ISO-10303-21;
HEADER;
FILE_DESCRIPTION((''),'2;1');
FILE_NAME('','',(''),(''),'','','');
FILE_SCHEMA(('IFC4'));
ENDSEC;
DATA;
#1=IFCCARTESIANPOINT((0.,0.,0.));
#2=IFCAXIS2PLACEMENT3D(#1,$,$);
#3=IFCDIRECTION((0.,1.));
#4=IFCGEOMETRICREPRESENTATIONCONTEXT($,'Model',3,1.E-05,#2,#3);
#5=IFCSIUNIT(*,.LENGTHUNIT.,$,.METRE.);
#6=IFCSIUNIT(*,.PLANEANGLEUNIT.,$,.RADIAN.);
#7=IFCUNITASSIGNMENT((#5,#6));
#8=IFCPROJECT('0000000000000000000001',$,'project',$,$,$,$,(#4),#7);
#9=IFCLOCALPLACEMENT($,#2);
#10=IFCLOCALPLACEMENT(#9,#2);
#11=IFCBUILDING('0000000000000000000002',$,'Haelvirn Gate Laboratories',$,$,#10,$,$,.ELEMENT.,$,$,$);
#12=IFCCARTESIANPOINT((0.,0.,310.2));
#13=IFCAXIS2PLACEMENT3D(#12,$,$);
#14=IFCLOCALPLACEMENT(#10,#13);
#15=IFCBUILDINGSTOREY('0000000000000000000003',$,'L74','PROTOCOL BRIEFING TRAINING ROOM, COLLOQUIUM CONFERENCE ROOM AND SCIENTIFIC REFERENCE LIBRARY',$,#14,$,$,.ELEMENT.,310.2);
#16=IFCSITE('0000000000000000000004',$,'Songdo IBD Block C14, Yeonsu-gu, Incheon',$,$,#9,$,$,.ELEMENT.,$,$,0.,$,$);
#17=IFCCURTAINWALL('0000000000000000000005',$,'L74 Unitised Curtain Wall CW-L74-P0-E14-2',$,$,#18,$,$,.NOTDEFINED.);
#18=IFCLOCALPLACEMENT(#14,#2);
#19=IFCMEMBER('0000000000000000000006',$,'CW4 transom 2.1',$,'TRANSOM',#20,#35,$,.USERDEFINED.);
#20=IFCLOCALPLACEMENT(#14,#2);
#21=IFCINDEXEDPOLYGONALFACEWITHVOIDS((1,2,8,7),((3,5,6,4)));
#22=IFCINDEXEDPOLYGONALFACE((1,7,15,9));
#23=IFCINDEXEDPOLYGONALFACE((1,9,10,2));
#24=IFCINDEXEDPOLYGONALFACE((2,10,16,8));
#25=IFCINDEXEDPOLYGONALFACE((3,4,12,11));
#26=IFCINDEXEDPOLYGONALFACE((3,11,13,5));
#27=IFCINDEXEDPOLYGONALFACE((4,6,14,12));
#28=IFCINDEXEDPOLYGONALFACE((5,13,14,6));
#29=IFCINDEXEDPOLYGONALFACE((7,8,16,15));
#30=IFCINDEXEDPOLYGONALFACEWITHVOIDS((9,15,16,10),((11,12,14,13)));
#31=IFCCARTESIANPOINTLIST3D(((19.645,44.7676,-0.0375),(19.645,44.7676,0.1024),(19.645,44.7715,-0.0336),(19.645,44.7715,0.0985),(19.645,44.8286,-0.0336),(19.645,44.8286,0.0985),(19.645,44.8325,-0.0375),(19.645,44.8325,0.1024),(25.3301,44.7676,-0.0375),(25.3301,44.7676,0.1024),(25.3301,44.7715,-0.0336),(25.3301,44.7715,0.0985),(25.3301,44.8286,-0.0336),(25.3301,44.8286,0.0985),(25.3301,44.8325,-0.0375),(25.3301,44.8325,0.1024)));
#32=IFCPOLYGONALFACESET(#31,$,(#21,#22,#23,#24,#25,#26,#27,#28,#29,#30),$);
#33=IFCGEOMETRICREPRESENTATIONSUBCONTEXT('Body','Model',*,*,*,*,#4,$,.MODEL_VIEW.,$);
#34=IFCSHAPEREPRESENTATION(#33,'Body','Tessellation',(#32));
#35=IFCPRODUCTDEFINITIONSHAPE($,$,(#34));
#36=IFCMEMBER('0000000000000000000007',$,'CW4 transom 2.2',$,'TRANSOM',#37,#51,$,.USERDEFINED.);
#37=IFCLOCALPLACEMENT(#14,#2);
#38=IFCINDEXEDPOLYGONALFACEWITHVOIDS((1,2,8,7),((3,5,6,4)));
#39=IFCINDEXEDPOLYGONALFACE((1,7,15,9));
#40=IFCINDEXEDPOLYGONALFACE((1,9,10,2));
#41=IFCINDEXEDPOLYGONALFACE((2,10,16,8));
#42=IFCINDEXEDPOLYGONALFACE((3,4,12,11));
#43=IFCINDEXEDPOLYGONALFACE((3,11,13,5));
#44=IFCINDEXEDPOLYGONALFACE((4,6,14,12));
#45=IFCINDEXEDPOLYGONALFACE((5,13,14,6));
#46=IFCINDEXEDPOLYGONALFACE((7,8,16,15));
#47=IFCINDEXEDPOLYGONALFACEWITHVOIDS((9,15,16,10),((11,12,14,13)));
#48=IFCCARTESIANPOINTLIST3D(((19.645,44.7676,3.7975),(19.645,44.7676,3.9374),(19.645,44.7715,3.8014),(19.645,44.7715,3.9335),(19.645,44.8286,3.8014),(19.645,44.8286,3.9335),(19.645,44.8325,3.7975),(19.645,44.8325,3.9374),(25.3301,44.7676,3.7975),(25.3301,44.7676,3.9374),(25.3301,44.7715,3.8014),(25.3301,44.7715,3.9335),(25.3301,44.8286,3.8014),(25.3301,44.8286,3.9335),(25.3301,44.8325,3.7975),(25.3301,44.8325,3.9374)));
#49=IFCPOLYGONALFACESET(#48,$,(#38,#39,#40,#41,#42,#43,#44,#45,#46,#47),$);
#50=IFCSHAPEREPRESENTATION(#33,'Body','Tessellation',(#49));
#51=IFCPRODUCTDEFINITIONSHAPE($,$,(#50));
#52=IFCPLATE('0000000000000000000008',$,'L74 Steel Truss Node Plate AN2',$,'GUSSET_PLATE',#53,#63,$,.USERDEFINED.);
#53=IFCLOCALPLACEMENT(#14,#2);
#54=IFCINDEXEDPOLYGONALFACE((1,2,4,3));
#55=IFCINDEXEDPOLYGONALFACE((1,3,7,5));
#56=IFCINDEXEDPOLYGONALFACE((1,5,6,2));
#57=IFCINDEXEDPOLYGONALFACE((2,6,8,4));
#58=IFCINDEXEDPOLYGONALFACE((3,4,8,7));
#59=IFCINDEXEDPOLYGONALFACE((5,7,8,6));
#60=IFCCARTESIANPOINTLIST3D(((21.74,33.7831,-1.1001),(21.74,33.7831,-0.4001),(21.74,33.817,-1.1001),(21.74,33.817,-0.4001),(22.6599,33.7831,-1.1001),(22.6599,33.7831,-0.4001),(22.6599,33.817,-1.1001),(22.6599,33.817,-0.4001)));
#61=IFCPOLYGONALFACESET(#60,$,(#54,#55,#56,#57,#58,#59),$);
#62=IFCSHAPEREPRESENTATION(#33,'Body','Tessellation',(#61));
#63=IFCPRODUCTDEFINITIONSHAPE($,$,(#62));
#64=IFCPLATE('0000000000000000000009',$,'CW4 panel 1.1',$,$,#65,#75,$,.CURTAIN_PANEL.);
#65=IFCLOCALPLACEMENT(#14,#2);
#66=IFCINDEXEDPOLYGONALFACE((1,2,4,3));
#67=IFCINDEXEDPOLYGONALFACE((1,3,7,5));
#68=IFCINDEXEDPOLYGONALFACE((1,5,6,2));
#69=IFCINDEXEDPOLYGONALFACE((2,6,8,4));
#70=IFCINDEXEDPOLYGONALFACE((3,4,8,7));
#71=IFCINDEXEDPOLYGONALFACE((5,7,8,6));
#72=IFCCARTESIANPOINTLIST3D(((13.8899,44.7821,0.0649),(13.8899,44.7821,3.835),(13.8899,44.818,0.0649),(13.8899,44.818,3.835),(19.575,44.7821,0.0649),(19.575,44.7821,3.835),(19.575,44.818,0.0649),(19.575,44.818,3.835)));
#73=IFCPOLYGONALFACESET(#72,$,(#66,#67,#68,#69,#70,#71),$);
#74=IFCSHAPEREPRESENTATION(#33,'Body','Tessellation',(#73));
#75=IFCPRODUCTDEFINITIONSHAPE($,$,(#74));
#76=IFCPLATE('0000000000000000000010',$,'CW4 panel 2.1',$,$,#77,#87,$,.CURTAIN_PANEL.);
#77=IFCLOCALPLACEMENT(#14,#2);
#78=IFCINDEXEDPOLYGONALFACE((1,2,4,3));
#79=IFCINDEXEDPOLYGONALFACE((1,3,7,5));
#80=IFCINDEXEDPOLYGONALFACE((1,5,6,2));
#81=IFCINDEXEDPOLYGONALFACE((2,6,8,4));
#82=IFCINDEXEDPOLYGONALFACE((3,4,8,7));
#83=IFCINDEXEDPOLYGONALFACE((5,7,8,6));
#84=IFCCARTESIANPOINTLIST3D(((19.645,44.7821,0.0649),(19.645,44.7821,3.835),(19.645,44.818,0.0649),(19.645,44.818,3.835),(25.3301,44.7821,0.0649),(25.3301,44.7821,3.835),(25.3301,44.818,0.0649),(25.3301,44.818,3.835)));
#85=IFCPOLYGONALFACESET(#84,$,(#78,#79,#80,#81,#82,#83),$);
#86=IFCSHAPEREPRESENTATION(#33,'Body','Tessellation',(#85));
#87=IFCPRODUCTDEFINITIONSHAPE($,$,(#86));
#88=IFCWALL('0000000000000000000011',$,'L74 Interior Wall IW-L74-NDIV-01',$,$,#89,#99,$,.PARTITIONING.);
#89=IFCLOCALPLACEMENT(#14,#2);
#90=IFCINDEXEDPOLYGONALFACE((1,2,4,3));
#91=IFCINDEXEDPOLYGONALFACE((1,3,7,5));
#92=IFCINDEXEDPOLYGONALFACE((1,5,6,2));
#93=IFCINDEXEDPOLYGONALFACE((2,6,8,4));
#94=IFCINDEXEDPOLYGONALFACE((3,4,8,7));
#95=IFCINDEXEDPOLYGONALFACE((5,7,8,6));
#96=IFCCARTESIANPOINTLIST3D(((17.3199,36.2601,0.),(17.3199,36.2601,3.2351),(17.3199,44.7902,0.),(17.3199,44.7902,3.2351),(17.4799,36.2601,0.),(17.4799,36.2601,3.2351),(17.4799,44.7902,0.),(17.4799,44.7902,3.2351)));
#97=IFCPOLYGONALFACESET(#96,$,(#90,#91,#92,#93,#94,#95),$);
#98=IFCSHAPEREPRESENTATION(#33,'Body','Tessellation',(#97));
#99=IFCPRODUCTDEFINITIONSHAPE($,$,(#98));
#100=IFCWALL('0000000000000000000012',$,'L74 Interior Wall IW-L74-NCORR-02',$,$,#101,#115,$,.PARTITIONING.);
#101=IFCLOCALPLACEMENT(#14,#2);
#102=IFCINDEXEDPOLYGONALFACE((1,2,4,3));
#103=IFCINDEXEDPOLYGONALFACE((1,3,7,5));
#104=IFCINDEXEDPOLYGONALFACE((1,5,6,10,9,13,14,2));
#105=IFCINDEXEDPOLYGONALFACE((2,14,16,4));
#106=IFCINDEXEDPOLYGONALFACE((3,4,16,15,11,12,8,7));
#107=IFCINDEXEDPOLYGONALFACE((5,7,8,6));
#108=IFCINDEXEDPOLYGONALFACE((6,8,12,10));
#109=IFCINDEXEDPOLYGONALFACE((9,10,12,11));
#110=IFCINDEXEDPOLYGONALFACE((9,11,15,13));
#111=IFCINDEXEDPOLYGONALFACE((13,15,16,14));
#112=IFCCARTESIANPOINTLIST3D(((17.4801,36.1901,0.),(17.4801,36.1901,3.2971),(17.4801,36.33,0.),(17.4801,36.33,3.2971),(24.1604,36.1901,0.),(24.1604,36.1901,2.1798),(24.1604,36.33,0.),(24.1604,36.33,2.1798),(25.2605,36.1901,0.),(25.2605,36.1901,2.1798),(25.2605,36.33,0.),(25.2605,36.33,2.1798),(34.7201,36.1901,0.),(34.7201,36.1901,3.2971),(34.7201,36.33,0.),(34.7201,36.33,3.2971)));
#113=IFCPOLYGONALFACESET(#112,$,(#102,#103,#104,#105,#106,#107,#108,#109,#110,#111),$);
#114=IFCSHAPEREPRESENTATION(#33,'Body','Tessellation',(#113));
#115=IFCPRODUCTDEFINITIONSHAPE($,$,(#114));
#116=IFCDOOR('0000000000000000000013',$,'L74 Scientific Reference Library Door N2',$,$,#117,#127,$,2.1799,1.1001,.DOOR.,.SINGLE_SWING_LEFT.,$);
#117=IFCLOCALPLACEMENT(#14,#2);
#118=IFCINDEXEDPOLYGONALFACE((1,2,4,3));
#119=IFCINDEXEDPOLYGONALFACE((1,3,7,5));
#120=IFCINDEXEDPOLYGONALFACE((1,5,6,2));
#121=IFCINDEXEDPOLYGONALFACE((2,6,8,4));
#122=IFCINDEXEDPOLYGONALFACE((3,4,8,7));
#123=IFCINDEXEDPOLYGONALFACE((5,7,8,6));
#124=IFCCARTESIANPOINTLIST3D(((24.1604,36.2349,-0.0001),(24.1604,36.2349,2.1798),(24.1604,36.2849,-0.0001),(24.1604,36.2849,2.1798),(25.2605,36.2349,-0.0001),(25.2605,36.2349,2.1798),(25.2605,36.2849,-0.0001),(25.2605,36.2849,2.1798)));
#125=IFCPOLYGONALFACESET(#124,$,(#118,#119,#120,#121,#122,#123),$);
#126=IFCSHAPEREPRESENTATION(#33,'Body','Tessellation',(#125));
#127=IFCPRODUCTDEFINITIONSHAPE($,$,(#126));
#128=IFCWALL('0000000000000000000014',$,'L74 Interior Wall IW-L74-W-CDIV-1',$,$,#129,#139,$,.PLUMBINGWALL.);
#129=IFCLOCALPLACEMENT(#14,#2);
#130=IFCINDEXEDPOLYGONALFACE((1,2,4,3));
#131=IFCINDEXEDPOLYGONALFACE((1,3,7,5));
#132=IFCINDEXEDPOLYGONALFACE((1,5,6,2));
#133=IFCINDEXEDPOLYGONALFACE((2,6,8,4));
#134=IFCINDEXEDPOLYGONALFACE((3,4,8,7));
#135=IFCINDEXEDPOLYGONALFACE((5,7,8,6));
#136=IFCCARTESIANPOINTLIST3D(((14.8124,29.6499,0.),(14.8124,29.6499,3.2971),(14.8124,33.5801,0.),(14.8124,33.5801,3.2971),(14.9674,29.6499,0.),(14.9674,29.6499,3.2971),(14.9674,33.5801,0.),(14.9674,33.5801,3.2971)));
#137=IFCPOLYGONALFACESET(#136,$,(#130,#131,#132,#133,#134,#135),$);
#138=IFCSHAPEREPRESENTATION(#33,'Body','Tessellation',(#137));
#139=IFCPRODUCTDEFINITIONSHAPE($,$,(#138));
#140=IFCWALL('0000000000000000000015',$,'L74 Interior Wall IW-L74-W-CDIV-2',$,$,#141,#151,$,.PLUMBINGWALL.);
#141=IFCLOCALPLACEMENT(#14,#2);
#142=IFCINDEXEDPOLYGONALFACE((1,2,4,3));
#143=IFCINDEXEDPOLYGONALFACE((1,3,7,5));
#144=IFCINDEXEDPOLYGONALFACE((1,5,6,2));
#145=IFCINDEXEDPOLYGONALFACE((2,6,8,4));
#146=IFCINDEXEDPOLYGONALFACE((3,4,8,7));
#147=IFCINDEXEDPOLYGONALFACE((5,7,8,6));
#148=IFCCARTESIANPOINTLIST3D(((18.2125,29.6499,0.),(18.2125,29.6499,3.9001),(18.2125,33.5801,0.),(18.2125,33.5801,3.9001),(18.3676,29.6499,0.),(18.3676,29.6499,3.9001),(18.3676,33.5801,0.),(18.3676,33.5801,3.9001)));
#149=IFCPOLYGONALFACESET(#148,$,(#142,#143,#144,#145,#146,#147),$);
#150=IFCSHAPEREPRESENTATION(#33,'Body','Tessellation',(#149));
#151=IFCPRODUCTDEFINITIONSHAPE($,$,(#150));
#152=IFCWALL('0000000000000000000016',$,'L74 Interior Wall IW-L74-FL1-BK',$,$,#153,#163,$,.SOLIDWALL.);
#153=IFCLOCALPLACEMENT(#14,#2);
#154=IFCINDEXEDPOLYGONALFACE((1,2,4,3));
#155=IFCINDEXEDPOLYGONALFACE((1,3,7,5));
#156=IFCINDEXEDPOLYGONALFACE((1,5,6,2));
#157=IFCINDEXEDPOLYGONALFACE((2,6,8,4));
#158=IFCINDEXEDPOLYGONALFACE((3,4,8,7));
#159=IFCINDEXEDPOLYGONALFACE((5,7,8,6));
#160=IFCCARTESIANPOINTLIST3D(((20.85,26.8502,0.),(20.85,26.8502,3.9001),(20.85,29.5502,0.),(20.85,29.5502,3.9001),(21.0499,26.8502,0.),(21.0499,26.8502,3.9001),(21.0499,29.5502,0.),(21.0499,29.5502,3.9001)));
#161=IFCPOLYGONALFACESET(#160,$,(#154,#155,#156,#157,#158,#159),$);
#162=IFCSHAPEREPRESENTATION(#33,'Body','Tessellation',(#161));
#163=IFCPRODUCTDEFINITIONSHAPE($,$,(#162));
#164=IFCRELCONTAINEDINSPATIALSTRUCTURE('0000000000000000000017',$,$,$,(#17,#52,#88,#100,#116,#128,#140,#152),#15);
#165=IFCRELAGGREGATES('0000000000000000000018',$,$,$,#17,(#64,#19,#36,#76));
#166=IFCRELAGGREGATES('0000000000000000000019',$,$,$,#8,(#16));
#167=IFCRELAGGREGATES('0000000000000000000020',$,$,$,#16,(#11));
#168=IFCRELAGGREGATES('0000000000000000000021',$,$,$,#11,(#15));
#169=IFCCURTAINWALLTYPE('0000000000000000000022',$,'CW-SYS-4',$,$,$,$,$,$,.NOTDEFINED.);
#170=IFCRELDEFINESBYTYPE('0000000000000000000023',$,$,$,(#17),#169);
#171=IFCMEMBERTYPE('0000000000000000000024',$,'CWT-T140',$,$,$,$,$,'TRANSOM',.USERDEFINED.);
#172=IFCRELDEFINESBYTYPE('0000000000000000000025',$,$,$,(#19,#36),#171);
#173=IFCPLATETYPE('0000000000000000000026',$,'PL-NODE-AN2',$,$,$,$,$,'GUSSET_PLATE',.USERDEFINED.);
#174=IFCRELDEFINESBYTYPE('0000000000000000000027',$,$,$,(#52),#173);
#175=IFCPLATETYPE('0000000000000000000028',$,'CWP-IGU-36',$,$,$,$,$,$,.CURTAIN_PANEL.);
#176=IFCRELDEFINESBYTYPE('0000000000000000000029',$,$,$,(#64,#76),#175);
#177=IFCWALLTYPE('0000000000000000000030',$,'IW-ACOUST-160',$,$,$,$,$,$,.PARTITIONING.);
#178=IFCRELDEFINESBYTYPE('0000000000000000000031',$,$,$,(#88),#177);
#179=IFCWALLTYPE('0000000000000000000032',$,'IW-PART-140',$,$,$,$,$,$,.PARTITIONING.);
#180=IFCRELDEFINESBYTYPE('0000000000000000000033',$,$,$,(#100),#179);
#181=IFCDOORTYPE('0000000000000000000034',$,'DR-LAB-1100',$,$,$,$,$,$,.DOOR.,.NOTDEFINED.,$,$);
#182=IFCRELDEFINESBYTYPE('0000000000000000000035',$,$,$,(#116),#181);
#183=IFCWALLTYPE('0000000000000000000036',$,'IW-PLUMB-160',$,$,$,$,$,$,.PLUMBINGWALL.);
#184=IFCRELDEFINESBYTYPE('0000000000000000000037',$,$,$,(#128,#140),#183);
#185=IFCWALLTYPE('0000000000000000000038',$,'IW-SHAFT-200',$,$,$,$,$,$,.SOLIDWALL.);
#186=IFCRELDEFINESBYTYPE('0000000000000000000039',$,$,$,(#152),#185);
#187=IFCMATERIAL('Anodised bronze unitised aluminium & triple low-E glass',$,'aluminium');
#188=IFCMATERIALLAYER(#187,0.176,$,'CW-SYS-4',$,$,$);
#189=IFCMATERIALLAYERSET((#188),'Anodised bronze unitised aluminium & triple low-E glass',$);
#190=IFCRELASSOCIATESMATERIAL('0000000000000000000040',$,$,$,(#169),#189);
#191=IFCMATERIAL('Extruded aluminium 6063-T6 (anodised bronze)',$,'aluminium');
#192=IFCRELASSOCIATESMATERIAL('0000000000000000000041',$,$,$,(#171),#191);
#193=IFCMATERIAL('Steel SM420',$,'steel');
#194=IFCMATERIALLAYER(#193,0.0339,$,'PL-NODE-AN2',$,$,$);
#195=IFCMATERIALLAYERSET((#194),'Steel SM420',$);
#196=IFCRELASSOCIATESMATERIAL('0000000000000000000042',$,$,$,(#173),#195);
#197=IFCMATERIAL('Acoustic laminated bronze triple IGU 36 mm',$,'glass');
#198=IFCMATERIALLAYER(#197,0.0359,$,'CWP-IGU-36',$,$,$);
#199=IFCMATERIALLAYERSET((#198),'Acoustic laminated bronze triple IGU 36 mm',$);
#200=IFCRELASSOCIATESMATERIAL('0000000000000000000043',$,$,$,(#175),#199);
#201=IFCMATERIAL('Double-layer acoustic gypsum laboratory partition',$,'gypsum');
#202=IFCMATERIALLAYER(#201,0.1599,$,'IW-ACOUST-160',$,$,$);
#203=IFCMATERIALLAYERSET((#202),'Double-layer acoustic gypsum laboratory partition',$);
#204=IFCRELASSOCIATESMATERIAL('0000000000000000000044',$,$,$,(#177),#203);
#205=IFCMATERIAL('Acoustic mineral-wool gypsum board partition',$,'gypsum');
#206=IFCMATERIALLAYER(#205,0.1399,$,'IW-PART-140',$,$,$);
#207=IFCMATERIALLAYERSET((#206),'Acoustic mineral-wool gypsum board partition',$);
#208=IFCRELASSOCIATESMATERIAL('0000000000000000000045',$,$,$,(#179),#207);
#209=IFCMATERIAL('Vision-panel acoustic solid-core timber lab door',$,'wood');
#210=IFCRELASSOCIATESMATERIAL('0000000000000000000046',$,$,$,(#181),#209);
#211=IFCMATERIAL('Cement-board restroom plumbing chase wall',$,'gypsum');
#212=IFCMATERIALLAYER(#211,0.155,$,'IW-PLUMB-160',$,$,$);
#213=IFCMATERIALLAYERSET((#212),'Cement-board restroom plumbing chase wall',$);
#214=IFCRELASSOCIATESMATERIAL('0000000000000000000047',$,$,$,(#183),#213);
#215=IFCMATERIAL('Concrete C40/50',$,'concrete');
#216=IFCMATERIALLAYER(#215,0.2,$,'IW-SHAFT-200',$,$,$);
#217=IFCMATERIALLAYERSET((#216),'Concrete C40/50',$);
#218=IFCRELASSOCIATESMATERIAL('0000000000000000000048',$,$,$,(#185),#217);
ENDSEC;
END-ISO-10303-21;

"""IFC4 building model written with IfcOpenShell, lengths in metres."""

from ifc_helpers import new_model, si_unit, direction, frame, frame_2d, origin, origin_2d, place, context, subcontext, project, spatial, rectangle, hollow_rectangle, extrude, source, transform, mapped, material, layer, layer_set, material_profile, profile_set, type_object, type_shapes, element, fill, aggregate, save


model = new_model("IFC4")

# Units and contexts
model_context = context("Model", 3, precision=1e-05, world=origin(), true_north=direction((0.0, 1.0)))
body_context = subcontext(model_context, "Body", "Model", "MODEL_VIEW")
ifc_project = project(units=[si_unit("LENGTHUNIT", "METRE"), si_unit("PLANEANGLEUNIT", "RADIAN")], contexts=[model_context])

# Site, building, storey
site_placement = place(None, origin())
site = spatial("IfcSite", under=ifc_project, at=site_placement, Name="Songdo IBD Block C14, Yeonsu-gu, Incheon", CompositionType="ELEMENT", RefElevation=0.0)
building_placement = place(site_placement, origin())
building = spatial("IfcBuilding", under=site, at=building_placement, Name="Haelvirn Gate Laboratories", CompositionType="ELEMENT")
storey_placement = place(building_placement, frame((0.0, 0.0, 310.2)))
storey = spatial("IfcBuildingStorey", under=building, at=storey_placement, Name="L74", Description="PROTOCOL BRIEFING TRAINING ROOM, COLLOQUIUM CONFERENCE ROOM AND SCIENTIFIC REFERENCE LIBRARY", CompositionType="ELEMENT", Elevation=310.2)

# Shared definitions
ifc_material_1 = material(Name="Steel SM420", Category="steel")

# Curtain wall, members
ifc_material_2 = material(Name="Anodised bronze unitised aluminium & triple low-E glass", Category="aluminium")
ifc_layer_1 = layer(ifc_material_2, 0.176, Name="CW-SYS-4")
ifc_layer_set_1 = layer_set([ifc_layer_1], Name="Anodised bronze unitised aluminium & triple low-E glass")
curtain_wall_type = type_object("IfcCurtainWallType", Name="CW-SYS-4", PredefinedType="NOTDEFINED", material=ifc_layer_set_1)
curtain_wall_placement = place(storey_placement, origin())
curtain_wall = element("IfcCurtainWall", 1, at=curtain_wall_placement, inside=storey, type_object=curtain_wall_type, Name="L74 Unitised Curtain Wall CW-L74-P0-E14-2", PredefinedType="NOTDEFINED")
ifc_material_3 = material(Name="Extruded aluminium 6063-T6 (anodised bronze)", Category="aluminium")
ifc_material_profile_1 = material_profile(ifc_material_3, hollow_rectangle(XDim=0.0649, YDim=0.1399, WallThickness=0.0039, at=origin_2d()), Name="CWT-140x65x4")
ifc_profile_set_1 = profile_set([ifc_material_profile_1], Name="Extruded aluminium 6063-T6 (anodised bronze)")
member_type_1 = type_object("IfcMemberType", Name="CWT-T140", ElementType="TRANSOM", PredefinedType="USERDEFINED", material=ifc_profile_set_1)
shared_shape_1 = source(origin(), body_context, "Body", "SweptSolid", [
    extrude(hollow_rectangle(XDim=0.0649, YDim=0.1399, WallThickness=0.0039, at=origin_2d()), origin(), (0.0, 0.0, 1.0), 5.6851),
])
type_shapes(member_type_1, [shared_shape_1])
member_1_placement = place(storey_placement, frame((19.645, 44.8, 0.0325), z_axis=(1.0, 0.0, 0.0), x_axis=(0.0, 1.0, 0.0)))
member_1 = element("IfcMember", 2, at=member_1_placement, type_object=member_type_1, Name="CW4 transom 2.1", ObjectType="TRANSOM", PredefinedType="USERDEFINED", context=body_context, shape_type="MappedRepresentation", body=[
    mapped(shared_shape_1, transform((0.0, 0.0, 0.0), scale=1.0)),
])
member_2_placement = place(storey_placement, frame((19.645, 44.8, 3.8674), z_axis=(1.0, 0.0, 0.0), x_axis=(0.0, 1.0, 0.0)))
member_2 = element("IfcMember", 3, at=member_2_placement, type_object=member_type_1, Name="CW4 transom 2.2", ObjectType="TRANSOM", PredefinedType="USERDEFINED", context=body_context, shape_type="MappedRepresentation", body=[
    mapped(shared_shape_1, transform((0.0, 0.0, 0.0), scale=1.0)),
])

# Plates
ifc_layer_2 = layer(ifc_material_1, 0.0339, Name="PL-NODE-AN2")
ifc_layer_set_2 = layer_set([ifc_layer_2], Name="Steel SM420")
plate_type_1 = type_object("IfcPlateType", Name="PL-NODE-AN2", ElementType="GUSSET_PLATE", PredefinedType="USERDEFINED", material=ifc_layer_set_2)
shared_shape_2 = source(origin(), body_context, "Body", "SweptSolid", [
    extrude(rectangle(XDim=0.9199, YDim=0.0339, at=origin_2d()), origin(), (0.0, 0.0, 1.0), 0.7),
])
type_shapes(plate_type_1, [shared_shape_2])
plate_1_placement = place(storey_placement, frame((22.2, 33.8, -1.1001), z_axis=(0.0, 0.0, 1.0), x_axis=(1.0, 0.0, 0.0)))
element("IfcPlate", 4, at=plate_1_placement, inside=storey, type_object=plate_type_1, Name="L74 Steel Truss Node Plate AN2", ObjectType="GUSSET_PLATE", PredefinedType="USERDEFINED", context=body_context, shape_type="MappedRepresentation", body=[
    mapped(shared_shape_2, transform((0.0, 0.0, 0.0), scale=1.0)),
])
ifc_material_4 = material(Name="Acoustic laminated bronze triple IGU 36 mm", Category="glass")
ifc_layer_3 = layer(ifc_material_4, 0.0359, Name="CWP-IGU-36")
ifc_layer_set_3 = layer_set([ifc_layer_3], Name="Acoustic laminated bronze triple IGU 36 mm")
plate_type_2 = type_object("IfcPlateType", Name="CWP-IGU-36", PredefinedType="CURTAIN_PANEL", material=ifc_layer_set_3)
shared_shape_3 = source(origin(), body_context, "Body", "SweptSolid", [
    extrude(rectangle(XDim=5.6851, YDim=0.0359, at=origin_2d()), origin(), (0.0, 0.0, 1.0), 3.77),
])
type_shapes(plate_type_2, [shared_shape_3])
plate_2_placement = place(storey_placement, frame((16.7324, 44.8, 0.0649), z_axis=(0.0, 0.0, 1.0), x_axis=(1.0, 0.0, 0.0)))
plate_2 = element("IfcPlate", 5, at=plate_2_placement, type_object=plate_type_2, Name="CW4 panel 1.1", PredefinedType="CURTAIN_PANEL", context=body_context, shape_type="MappedRepresentation", body=[
    mapped(shared_shape_3, transform((0.0, 0.0, 0.0), scale=1.0)),
])
plate_3_placement = place(storey_placement, frame((22.4875, 44.8, 0.0649), z_axis=(0.0, 0.0, 1.0), x_axis=(1.0, 0.0, 0.0)))
plate_3 = element("IfcPlate", 6, at=plate_3_placement, type_object=plate_type_2, Name="CW4 panel 2.1", PredefinedType="CURTAIN_PANEL", context=body_context, shape_type="MappedRepresentation", body=[
    mapped(shared_shape_3, transform((0.0, 0.0, 0.0), scale=1.0)),
])
aggregate(curtain_wall, [plate_2, member_1, member_2, plate_3])

# Wall
ifc_material_5 = material(Name="Double-layer acoustic gypsum laboratory partition", Category="gypsum")
ifc_layer_4 = layer(ifc_material_5, 0.1599, Name="IW-ACOUST-160")
ifc_layer_set_4 = layer_set([ifc_layer_4], Name="Double-layer acoustic gypsum laboratory partition")
wall_type_1 = type_object("IfcWallType", Name="IW-ACOUST-160", PredefinedType="PARTITIONING", material=ifc_layer_set_4)
wall_1_placement = place(storey_placement, frame((17.3999, 36.26, 0.0), z_axis=(0.0, 0.0, 1.0), x_axis=(0.0, 1.0, 0.0)))
element("IfcWall", 7, at=wall_1_placement, inside=storey, type_object=wall_type_1, Name="L74 Interior Wall IW-L74-NDIV-01", PredefinedType="PARTITIONING", context=body_context, shape_type="SweptSolid", body=[
    extrude(rectangle(XDim=8.53, YDim=0.1599, at=frame_2d((4.2651, 0.0))), origin(), (0.0, 0.0, 1.0), 3.2351),
])

# Wall, opening, door
ifc_material_6 = material(Name="Acoustic mineral-wool gypsum board partition", Category="gypsum")
ifc_layer_5 = layer(ifc_material_6, 0.1399, Name="IW-PART-140")
ifc_layer_set_5 = layer_set([ifc_layer_5], Name="Acoustic mineral-wool gypsum board partition")
wall_type_2 = type_object("IfcWallType", Name="IW-PART-140", PredefinedType="PARTITIONING", material=ifc_layer_set_5)
wall_2_placement = place(storey_placement, frame((17.48, 36.26, 0.0), z_axis=(0.0, 0.0, 1.0), x_axis=(1.0, 0.0, 0.0)))
wall_2 = element("IfcWall", 8, at=wall_2_placement, inside=storey, type_object=wall_type_2, Name="L74 Interior Wall IW-L74-NCORR-02", PredefinedType="PARTITIONING", context=body_context, shape_type="SweptSolid", body=[
    extrude(rectangle(XDim=17.24, YDim=0.1399, at=frame_2d((8.6201, 0.0))), origin(), (0.0, 0.0, 1.0), 3.2971),
])
opening_placement = place(wall_2_placement, frame((6.6804, 0.0, 0.0)))
opening = element("IfcOpeningElement", 9, at=opening_placement, cuts=wall_2, PredefinedType="OPENING", context=body_context, shape_type="SweptSolid", body=[
    extrude(rectangle(XDim=1.1001, YDim=2.1799, at=frame_2d((0.55, 1.0898))), frame((0.0, 0.0801, 0.0), z_axis=(0.0, -1.0, 0.0), x_axis=(1.0, 0.0, 0.0)), (0.0, 0.0, 1.0), 0.1599),
])
ifc_material_7 = material(Name="Vision-panel acoustic solid-core timber lab door", Category="wood")
door_type = type_object("IfcDoorType", Name="DR-LAB-1100", OperationType="NOTDEFINED", PredefinedType="DOOR", material=ifc_material_7)
shared_shape_4 = source(origin(), body_context, "Body", "SweptSolid", [
    extrude(rectangle(XDim=1.1001, YDim=2.1799, at=frame_2d((0.55, 1.0898))), frame((0.0, 0.0249, 0.0), z_axis=(0.0, -1.0, 0.0), x_axis=(1.0, 0.0, 0.0)), (0.0, 0.0, 1.0), 0.05),
])
type_shapes(door_type, [shared_shape_4])
door_placement = place(opening_placement, origin())
door = element("IfcDoor", 10, at=door_placement, inside=storey, type_object=door_type, Name="L74 Scientific Reference Library Door N2", OperationType="SINGLE_SWING_LEFT", OverallHeight=2.1799, OverallWidth=1.1001, PredefinedType="DOOR", context=body_context, shape_type="MappedRepresentation", body=[
    mapped(shared_shape_4, transform((0.0, 0.0, 0.0), scale=1.0)),
])
fill(opening, door)

# Walls
ifc_material_8 = material(Name="Cement-board restroom plumbing chase wall", Category="gypsum")
ifc_layer_6 = layer(ifc_material_8, 0.155, Name="IW-PLUMB-160")
ifc_layer_set_6 = layer_set([ifc_layer_6], Name="Cement-board restroom plumbing chase wall")
wall_type_3 = type_object("IfcWallType", Name="IW-PLUMB-160", PredefinedType="PLUMBINGWALL", material=ifc_layer_set_6)
wall_3_placement = place(storey_placement, frame((14.8899, 29.6499, 0.0), z_axis=(0.0, 0.0, 1.0), x_axis=(0.0, 1.0, 0.0)))
element("IfcWall", 11, at=wall_3_placement, inside=storey, type_object=wall_type_3, Name="L74 Interior Wall IW-L74-W-CDIV-1", PredefinedType="PLUMBINGWALL", context=body_context, shape_type="SweptSolid", body=[
    extrude(rectangle(XDim=3.9302, YDim=0.155, at=frame_2d((1.9651, 0.0))), origin(), (0.0, 0.0, 1.0), 3.2971),
])
wall_4_placement = place(storey_placement, frame((18.29, 29.6499, 0.0), z_axis=(0.0, 0.0, 1.0), x_axis=(0.0, 1.0, 0.0)))
element("IfcWall", 12, at=wall_4_placement, inside=storey, type_object=wall_type_3, Name="L74 Interior Wall IW-L74-W-CDIV-2", PredefinedType="PLUMBINGWALL", context=body_context, shape_type="SweptSolid", body=[
    extrude(rectangle(XDim=3.9302, YDim=0.155, at=frame_2d((1.9651, 0.0))), origin(), (0.0, 0.0, 1.0), 3.9001),
])
ifc_material_9 = material(Name="Concrete C40/50", Category="concrete")
ifc_layer_7 = layer(ifc_material_9, 0.2, Name="IW-SHAFT-200")
ifc_layer_set_7 = layer_set([ifc_layer_7], Name="Concrete C40/50")
wall_type_4 = type_object("IfcWallType", Name="IW-SHAFT-200", PredefinedType="SOLIDWALL", material=ifc_layer_set_7)
wall_5_placement = place(storey_placement, frame((20.95, 26.8501, 0.0), z_axis=(0.0, 0.0, 1.0), x_axis=(0.0, 1.0, 0.0)))
element("IfcWall", 13, at=wall_5_placement, inside=storey, type_object=wall_type_4, Name="L74 Interior Wall IW-L74-FL1-BK", PredefinedType="SOLIDWALL", context=body_context, shape_type="SweptSolid", body=[
    extrude(rectangle(XDim=2.7, YDim=0.2, at=frame_2d((1.3501, 0.0))), origin(), (0.0, 0.0, 1.0), 3.9001),
])

save(model, "model.ifc")
